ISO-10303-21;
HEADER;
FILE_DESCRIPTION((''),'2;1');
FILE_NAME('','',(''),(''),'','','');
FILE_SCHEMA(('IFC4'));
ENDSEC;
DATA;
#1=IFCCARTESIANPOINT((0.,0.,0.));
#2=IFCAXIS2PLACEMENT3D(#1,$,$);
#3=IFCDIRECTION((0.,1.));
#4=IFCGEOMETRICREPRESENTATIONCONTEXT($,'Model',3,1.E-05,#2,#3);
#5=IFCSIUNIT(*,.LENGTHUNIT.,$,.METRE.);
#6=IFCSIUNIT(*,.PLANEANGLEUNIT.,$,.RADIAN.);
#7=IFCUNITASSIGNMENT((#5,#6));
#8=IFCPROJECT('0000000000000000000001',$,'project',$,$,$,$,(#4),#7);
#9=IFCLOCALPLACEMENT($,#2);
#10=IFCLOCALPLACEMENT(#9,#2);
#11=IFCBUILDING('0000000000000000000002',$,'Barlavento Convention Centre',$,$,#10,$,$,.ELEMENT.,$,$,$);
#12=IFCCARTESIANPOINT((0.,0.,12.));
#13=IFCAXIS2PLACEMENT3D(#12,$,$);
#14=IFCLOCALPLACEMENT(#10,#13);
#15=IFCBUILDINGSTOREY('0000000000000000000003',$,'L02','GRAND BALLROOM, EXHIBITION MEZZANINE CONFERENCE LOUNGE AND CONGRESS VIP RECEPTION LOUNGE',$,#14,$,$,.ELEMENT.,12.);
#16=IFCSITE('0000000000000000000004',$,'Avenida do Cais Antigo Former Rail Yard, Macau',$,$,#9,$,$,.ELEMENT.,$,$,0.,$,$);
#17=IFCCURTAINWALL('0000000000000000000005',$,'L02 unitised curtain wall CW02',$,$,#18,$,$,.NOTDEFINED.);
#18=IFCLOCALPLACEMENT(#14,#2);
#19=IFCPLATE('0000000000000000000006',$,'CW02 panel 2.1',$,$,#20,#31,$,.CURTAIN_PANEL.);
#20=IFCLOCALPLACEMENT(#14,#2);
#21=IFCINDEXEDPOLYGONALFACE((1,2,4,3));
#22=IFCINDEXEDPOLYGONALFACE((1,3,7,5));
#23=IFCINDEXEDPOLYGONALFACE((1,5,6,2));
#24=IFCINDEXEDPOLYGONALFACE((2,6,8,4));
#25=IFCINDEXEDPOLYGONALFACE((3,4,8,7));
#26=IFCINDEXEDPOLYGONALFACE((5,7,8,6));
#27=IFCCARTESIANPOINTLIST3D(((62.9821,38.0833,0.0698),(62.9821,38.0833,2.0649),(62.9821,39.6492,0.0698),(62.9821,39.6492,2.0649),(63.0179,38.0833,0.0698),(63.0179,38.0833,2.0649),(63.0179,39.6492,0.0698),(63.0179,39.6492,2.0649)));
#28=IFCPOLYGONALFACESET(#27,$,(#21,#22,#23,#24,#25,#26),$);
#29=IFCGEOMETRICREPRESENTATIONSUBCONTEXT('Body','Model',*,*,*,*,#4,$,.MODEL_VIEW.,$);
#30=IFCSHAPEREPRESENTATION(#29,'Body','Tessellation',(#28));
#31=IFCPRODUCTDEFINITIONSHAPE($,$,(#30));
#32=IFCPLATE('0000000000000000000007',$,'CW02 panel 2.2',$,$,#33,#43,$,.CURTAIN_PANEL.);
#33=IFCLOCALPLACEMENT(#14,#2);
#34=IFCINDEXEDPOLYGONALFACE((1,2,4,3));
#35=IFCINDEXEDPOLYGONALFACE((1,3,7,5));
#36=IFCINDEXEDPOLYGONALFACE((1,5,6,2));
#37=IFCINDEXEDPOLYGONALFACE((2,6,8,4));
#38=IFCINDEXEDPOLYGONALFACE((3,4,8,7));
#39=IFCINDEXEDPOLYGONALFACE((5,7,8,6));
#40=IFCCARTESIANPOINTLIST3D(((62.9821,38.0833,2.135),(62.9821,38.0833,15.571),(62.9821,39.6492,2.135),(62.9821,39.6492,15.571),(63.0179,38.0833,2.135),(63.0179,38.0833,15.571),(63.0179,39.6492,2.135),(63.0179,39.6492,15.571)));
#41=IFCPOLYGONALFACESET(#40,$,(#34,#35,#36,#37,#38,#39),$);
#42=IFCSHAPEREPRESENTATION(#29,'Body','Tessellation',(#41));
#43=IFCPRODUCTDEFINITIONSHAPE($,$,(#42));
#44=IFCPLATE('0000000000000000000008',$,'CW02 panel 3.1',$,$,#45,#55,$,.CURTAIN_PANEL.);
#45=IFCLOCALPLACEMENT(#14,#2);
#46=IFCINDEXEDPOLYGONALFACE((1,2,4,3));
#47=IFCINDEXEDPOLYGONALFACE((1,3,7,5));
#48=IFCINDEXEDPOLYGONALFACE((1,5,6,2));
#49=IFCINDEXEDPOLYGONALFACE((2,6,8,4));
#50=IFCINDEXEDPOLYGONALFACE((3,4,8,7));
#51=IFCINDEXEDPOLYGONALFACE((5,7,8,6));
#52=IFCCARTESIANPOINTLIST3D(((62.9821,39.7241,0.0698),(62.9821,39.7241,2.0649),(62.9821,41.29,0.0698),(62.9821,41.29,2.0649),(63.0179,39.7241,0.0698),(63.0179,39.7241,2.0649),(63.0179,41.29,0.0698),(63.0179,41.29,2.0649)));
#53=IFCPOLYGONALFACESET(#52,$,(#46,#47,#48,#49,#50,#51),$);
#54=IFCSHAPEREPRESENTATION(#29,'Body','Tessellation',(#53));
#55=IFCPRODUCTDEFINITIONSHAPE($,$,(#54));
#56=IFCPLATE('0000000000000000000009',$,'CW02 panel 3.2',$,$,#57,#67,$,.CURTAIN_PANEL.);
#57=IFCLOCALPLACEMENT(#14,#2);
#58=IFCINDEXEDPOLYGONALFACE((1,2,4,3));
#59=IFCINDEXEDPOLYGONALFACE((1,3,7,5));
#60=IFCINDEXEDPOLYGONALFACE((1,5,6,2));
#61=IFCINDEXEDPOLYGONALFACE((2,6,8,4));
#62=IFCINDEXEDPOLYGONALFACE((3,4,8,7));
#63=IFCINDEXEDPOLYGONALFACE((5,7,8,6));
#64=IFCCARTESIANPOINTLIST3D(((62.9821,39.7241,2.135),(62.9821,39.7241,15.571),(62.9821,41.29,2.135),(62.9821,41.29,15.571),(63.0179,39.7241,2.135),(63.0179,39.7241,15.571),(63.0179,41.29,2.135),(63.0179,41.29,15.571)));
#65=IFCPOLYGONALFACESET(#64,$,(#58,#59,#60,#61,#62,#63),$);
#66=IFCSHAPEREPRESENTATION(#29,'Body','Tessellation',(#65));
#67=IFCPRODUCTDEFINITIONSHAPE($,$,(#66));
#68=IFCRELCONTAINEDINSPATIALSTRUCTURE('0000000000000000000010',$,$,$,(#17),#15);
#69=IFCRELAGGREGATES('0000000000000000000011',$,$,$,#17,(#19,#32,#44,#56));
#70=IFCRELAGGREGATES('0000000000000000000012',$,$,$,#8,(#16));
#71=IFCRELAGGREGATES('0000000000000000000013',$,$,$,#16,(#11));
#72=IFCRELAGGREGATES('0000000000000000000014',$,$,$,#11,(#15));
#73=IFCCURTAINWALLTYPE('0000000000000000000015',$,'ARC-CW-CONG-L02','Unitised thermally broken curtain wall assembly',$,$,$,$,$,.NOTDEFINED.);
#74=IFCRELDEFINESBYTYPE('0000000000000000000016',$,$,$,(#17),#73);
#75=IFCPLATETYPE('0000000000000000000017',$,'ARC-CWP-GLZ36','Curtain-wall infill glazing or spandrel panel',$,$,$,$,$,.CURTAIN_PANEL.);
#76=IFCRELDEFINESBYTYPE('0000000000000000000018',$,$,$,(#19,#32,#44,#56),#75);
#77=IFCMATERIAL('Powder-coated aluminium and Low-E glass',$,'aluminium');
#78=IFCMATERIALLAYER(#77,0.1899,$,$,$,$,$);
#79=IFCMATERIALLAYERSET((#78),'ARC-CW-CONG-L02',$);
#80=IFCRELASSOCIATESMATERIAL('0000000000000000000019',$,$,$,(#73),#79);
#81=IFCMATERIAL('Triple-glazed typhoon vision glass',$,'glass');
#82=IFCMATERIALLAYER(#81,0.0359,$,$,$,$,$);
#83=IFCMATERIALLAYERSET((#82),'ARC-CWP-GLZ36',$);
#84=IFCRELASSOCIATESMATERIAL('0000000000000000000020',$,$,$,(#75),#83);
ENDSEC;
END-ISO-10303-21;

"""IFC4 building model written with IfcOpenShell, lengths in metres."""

from ifc_helpers import new_model, si_unit, direction, frame, origin, origin_2d, place, context, subcontext, project, spatial, rectangle, extrude, material, layer, layer_set, type_object, element, aggregate, save


model = new_model("IFC4")

# Units and contexts
model_context = context("Model", 3, precision=1e-05, world=origin(), true_north=direction((0.0, 1.0)))
body_context = subcontext(model_context, "Body", "Model", "MODEL_VIEW")
ifc_project = project(units=[si_unit("LENGTHUNIT", "METRE"), si_unit("PLANEANGLEUNIT", "RADIAN")], contexts=[model_context])

# Site, building, storey
site_placement = place(None, origin())
site = spatial("IfcSite", under=ifc_project, at=site_placement, Name="Avenida do Cais Antigo Former Rail Yard, Macau", CompositionType="ELEMENT", RefElevation=0.0)
building_placement = place(site_placement, origin())
building = spatial("IfcBuilding", under=site, at=building_placement, Name="Barlavento Convention Centre", CompositionType="ELEMENT")
storey_placement = place(building_placement, frame((0.0, 0.0, 12.0)))
storey = spatial("IfcBuildingStorey", under=building, at=storey_placement, Name="L02", Description="GRAND BALLROOM, EXHIBITION MEZZANINE CONFERENCE LOUNGE AND CONGRESS VIP RECEPTION LOUNGE", CompositionType="ELEMENT", Elevation=12.0)

# Curtain wall
ifc_material_1 = material(Name="Powder-coated aluminium and Low-E glass", Category="aluminium")
ifc_layer_1 = layer(ifc_material_1, 0.1899)
ifc_layer_set_1 = layer_set([ifc_layer_1], Name="ARC-CW-CONG-L02")
curtain_wall_type = type_object("IfcCurtainWallType", Name="ARC-CW-CONG-L02", Description="Unitised thermally broken curtain wall assembly", PredefinedType="NOTDEFINED", material=ifc_layer_set_1)
curtain_wall_1_placement = place(storey_placement, origin())
curtain_wall_1 = element("IfcCurtainWall", 1, at=curtain_wall_1_placement, inside=storey, type_object=curtain_wall_type, Name="L02 unitised curtain wall CW02", PredefinedType="NOTDEFINED")

# Plates
ifc_material_2 = material(Name="Triple-glazed typhoon vision glass", Category="glass")
ifc_layer_2 = layer(ifc_material_2, 0.0359)
ifc_layer_set_2 = layer_set([ifc_layer_2], Name="ARC-CWP-GLZ36")
plate_type = type_object("IfcPlateType", Name="ARC-CWP-GLZ36", Description="Curtain-wall infill glazing or spandrel panel", PredefinedType="CURTAIN_PANEL", material=ifc_layer_set_2)
plate_1_placement = place(storey_placement, frame((63.0, 38.8662, 0.0698), z_axis=(0.0, 0.0, 1.0), x_axis=(0.0, 1.0, 0.0)))
plate_1 = element("IfcPlate", 2, at=plate_1_placement, type_object=plate_type, Name="CW02 panel 2.1", PredefinedType="CURTAIN_PANEL", context=body_context, shape_type="SweptSolid", body=[
    extrude(rectangle(XDim=1.5659, YDim=0.0359, at=origin_2d()), origin(), (0.0, 0.0, 1.0), 1.9951),
])
plate_2_placement = place(storey_placement, frame((63.0, 38.8662, 2.135), z_axis=(0.0, 0.0, 1.0), x_axis=(0.0, 1.0, 0.0)))
plate_2 = element("IfcPlate", 3, at=plate_2_placement, type_object=plate_type, Name="CW02 panel 2.2", PredefinedType="CURTAIN_PANEL", context=body_context, shape_type="SweptSolid", body=[
    extrude(rectangle(XDim=1.5659, YDim=0.0359, at=origin_2d()), origin(), (0.0, 0.0, 1.0), 13.436),
])
plate_3_placement = place(storey_placement, frame((63.0, 40.5071, 0.0698), z_axis=(0.0, 0.0, 1.0), x_axis=(0.0, 1.0, 0.0)))
plate_3 = element("IfcPlate", 4, at=plate_3_placement, type_object=plate_type, Name="CW02 panel 3.1", PredefinedType="CURTAIN_PANEL", context=body_context, shape_type="SweptSolid", body=[
    extrude(rectangle(XDim=1.5659, YDim=0.0359, at=origin_2d()), origin(), (0.0, 0.0, 1.0), 1.9951),
])
plate_4_placement = place(storey_placement, frame((63.0, 40.5071, 2.135), z_axis=(0.0, 0.0, 1.0), x_axis=(0.0, 1.0, 0.0)))
plate_4 = element("IfcPlate", 5, at=plate_4_placement, type_object=plate_type, Name="CW02 panel 3.2", PredefinedType="CURTAIN_PANEL", context=body_context, shape_type="SweptSolid", body=[
    extrude(rectangle(XDim=1.5659, YDim=0.0359, at=origin_2d()), origin(), (0.0, 0.0, 1.0), 13.436),
])
aggregate(curtain_wall_1, [plate_1, plate_2, plate_3, plate_4])

save(model, "model.ifc")
